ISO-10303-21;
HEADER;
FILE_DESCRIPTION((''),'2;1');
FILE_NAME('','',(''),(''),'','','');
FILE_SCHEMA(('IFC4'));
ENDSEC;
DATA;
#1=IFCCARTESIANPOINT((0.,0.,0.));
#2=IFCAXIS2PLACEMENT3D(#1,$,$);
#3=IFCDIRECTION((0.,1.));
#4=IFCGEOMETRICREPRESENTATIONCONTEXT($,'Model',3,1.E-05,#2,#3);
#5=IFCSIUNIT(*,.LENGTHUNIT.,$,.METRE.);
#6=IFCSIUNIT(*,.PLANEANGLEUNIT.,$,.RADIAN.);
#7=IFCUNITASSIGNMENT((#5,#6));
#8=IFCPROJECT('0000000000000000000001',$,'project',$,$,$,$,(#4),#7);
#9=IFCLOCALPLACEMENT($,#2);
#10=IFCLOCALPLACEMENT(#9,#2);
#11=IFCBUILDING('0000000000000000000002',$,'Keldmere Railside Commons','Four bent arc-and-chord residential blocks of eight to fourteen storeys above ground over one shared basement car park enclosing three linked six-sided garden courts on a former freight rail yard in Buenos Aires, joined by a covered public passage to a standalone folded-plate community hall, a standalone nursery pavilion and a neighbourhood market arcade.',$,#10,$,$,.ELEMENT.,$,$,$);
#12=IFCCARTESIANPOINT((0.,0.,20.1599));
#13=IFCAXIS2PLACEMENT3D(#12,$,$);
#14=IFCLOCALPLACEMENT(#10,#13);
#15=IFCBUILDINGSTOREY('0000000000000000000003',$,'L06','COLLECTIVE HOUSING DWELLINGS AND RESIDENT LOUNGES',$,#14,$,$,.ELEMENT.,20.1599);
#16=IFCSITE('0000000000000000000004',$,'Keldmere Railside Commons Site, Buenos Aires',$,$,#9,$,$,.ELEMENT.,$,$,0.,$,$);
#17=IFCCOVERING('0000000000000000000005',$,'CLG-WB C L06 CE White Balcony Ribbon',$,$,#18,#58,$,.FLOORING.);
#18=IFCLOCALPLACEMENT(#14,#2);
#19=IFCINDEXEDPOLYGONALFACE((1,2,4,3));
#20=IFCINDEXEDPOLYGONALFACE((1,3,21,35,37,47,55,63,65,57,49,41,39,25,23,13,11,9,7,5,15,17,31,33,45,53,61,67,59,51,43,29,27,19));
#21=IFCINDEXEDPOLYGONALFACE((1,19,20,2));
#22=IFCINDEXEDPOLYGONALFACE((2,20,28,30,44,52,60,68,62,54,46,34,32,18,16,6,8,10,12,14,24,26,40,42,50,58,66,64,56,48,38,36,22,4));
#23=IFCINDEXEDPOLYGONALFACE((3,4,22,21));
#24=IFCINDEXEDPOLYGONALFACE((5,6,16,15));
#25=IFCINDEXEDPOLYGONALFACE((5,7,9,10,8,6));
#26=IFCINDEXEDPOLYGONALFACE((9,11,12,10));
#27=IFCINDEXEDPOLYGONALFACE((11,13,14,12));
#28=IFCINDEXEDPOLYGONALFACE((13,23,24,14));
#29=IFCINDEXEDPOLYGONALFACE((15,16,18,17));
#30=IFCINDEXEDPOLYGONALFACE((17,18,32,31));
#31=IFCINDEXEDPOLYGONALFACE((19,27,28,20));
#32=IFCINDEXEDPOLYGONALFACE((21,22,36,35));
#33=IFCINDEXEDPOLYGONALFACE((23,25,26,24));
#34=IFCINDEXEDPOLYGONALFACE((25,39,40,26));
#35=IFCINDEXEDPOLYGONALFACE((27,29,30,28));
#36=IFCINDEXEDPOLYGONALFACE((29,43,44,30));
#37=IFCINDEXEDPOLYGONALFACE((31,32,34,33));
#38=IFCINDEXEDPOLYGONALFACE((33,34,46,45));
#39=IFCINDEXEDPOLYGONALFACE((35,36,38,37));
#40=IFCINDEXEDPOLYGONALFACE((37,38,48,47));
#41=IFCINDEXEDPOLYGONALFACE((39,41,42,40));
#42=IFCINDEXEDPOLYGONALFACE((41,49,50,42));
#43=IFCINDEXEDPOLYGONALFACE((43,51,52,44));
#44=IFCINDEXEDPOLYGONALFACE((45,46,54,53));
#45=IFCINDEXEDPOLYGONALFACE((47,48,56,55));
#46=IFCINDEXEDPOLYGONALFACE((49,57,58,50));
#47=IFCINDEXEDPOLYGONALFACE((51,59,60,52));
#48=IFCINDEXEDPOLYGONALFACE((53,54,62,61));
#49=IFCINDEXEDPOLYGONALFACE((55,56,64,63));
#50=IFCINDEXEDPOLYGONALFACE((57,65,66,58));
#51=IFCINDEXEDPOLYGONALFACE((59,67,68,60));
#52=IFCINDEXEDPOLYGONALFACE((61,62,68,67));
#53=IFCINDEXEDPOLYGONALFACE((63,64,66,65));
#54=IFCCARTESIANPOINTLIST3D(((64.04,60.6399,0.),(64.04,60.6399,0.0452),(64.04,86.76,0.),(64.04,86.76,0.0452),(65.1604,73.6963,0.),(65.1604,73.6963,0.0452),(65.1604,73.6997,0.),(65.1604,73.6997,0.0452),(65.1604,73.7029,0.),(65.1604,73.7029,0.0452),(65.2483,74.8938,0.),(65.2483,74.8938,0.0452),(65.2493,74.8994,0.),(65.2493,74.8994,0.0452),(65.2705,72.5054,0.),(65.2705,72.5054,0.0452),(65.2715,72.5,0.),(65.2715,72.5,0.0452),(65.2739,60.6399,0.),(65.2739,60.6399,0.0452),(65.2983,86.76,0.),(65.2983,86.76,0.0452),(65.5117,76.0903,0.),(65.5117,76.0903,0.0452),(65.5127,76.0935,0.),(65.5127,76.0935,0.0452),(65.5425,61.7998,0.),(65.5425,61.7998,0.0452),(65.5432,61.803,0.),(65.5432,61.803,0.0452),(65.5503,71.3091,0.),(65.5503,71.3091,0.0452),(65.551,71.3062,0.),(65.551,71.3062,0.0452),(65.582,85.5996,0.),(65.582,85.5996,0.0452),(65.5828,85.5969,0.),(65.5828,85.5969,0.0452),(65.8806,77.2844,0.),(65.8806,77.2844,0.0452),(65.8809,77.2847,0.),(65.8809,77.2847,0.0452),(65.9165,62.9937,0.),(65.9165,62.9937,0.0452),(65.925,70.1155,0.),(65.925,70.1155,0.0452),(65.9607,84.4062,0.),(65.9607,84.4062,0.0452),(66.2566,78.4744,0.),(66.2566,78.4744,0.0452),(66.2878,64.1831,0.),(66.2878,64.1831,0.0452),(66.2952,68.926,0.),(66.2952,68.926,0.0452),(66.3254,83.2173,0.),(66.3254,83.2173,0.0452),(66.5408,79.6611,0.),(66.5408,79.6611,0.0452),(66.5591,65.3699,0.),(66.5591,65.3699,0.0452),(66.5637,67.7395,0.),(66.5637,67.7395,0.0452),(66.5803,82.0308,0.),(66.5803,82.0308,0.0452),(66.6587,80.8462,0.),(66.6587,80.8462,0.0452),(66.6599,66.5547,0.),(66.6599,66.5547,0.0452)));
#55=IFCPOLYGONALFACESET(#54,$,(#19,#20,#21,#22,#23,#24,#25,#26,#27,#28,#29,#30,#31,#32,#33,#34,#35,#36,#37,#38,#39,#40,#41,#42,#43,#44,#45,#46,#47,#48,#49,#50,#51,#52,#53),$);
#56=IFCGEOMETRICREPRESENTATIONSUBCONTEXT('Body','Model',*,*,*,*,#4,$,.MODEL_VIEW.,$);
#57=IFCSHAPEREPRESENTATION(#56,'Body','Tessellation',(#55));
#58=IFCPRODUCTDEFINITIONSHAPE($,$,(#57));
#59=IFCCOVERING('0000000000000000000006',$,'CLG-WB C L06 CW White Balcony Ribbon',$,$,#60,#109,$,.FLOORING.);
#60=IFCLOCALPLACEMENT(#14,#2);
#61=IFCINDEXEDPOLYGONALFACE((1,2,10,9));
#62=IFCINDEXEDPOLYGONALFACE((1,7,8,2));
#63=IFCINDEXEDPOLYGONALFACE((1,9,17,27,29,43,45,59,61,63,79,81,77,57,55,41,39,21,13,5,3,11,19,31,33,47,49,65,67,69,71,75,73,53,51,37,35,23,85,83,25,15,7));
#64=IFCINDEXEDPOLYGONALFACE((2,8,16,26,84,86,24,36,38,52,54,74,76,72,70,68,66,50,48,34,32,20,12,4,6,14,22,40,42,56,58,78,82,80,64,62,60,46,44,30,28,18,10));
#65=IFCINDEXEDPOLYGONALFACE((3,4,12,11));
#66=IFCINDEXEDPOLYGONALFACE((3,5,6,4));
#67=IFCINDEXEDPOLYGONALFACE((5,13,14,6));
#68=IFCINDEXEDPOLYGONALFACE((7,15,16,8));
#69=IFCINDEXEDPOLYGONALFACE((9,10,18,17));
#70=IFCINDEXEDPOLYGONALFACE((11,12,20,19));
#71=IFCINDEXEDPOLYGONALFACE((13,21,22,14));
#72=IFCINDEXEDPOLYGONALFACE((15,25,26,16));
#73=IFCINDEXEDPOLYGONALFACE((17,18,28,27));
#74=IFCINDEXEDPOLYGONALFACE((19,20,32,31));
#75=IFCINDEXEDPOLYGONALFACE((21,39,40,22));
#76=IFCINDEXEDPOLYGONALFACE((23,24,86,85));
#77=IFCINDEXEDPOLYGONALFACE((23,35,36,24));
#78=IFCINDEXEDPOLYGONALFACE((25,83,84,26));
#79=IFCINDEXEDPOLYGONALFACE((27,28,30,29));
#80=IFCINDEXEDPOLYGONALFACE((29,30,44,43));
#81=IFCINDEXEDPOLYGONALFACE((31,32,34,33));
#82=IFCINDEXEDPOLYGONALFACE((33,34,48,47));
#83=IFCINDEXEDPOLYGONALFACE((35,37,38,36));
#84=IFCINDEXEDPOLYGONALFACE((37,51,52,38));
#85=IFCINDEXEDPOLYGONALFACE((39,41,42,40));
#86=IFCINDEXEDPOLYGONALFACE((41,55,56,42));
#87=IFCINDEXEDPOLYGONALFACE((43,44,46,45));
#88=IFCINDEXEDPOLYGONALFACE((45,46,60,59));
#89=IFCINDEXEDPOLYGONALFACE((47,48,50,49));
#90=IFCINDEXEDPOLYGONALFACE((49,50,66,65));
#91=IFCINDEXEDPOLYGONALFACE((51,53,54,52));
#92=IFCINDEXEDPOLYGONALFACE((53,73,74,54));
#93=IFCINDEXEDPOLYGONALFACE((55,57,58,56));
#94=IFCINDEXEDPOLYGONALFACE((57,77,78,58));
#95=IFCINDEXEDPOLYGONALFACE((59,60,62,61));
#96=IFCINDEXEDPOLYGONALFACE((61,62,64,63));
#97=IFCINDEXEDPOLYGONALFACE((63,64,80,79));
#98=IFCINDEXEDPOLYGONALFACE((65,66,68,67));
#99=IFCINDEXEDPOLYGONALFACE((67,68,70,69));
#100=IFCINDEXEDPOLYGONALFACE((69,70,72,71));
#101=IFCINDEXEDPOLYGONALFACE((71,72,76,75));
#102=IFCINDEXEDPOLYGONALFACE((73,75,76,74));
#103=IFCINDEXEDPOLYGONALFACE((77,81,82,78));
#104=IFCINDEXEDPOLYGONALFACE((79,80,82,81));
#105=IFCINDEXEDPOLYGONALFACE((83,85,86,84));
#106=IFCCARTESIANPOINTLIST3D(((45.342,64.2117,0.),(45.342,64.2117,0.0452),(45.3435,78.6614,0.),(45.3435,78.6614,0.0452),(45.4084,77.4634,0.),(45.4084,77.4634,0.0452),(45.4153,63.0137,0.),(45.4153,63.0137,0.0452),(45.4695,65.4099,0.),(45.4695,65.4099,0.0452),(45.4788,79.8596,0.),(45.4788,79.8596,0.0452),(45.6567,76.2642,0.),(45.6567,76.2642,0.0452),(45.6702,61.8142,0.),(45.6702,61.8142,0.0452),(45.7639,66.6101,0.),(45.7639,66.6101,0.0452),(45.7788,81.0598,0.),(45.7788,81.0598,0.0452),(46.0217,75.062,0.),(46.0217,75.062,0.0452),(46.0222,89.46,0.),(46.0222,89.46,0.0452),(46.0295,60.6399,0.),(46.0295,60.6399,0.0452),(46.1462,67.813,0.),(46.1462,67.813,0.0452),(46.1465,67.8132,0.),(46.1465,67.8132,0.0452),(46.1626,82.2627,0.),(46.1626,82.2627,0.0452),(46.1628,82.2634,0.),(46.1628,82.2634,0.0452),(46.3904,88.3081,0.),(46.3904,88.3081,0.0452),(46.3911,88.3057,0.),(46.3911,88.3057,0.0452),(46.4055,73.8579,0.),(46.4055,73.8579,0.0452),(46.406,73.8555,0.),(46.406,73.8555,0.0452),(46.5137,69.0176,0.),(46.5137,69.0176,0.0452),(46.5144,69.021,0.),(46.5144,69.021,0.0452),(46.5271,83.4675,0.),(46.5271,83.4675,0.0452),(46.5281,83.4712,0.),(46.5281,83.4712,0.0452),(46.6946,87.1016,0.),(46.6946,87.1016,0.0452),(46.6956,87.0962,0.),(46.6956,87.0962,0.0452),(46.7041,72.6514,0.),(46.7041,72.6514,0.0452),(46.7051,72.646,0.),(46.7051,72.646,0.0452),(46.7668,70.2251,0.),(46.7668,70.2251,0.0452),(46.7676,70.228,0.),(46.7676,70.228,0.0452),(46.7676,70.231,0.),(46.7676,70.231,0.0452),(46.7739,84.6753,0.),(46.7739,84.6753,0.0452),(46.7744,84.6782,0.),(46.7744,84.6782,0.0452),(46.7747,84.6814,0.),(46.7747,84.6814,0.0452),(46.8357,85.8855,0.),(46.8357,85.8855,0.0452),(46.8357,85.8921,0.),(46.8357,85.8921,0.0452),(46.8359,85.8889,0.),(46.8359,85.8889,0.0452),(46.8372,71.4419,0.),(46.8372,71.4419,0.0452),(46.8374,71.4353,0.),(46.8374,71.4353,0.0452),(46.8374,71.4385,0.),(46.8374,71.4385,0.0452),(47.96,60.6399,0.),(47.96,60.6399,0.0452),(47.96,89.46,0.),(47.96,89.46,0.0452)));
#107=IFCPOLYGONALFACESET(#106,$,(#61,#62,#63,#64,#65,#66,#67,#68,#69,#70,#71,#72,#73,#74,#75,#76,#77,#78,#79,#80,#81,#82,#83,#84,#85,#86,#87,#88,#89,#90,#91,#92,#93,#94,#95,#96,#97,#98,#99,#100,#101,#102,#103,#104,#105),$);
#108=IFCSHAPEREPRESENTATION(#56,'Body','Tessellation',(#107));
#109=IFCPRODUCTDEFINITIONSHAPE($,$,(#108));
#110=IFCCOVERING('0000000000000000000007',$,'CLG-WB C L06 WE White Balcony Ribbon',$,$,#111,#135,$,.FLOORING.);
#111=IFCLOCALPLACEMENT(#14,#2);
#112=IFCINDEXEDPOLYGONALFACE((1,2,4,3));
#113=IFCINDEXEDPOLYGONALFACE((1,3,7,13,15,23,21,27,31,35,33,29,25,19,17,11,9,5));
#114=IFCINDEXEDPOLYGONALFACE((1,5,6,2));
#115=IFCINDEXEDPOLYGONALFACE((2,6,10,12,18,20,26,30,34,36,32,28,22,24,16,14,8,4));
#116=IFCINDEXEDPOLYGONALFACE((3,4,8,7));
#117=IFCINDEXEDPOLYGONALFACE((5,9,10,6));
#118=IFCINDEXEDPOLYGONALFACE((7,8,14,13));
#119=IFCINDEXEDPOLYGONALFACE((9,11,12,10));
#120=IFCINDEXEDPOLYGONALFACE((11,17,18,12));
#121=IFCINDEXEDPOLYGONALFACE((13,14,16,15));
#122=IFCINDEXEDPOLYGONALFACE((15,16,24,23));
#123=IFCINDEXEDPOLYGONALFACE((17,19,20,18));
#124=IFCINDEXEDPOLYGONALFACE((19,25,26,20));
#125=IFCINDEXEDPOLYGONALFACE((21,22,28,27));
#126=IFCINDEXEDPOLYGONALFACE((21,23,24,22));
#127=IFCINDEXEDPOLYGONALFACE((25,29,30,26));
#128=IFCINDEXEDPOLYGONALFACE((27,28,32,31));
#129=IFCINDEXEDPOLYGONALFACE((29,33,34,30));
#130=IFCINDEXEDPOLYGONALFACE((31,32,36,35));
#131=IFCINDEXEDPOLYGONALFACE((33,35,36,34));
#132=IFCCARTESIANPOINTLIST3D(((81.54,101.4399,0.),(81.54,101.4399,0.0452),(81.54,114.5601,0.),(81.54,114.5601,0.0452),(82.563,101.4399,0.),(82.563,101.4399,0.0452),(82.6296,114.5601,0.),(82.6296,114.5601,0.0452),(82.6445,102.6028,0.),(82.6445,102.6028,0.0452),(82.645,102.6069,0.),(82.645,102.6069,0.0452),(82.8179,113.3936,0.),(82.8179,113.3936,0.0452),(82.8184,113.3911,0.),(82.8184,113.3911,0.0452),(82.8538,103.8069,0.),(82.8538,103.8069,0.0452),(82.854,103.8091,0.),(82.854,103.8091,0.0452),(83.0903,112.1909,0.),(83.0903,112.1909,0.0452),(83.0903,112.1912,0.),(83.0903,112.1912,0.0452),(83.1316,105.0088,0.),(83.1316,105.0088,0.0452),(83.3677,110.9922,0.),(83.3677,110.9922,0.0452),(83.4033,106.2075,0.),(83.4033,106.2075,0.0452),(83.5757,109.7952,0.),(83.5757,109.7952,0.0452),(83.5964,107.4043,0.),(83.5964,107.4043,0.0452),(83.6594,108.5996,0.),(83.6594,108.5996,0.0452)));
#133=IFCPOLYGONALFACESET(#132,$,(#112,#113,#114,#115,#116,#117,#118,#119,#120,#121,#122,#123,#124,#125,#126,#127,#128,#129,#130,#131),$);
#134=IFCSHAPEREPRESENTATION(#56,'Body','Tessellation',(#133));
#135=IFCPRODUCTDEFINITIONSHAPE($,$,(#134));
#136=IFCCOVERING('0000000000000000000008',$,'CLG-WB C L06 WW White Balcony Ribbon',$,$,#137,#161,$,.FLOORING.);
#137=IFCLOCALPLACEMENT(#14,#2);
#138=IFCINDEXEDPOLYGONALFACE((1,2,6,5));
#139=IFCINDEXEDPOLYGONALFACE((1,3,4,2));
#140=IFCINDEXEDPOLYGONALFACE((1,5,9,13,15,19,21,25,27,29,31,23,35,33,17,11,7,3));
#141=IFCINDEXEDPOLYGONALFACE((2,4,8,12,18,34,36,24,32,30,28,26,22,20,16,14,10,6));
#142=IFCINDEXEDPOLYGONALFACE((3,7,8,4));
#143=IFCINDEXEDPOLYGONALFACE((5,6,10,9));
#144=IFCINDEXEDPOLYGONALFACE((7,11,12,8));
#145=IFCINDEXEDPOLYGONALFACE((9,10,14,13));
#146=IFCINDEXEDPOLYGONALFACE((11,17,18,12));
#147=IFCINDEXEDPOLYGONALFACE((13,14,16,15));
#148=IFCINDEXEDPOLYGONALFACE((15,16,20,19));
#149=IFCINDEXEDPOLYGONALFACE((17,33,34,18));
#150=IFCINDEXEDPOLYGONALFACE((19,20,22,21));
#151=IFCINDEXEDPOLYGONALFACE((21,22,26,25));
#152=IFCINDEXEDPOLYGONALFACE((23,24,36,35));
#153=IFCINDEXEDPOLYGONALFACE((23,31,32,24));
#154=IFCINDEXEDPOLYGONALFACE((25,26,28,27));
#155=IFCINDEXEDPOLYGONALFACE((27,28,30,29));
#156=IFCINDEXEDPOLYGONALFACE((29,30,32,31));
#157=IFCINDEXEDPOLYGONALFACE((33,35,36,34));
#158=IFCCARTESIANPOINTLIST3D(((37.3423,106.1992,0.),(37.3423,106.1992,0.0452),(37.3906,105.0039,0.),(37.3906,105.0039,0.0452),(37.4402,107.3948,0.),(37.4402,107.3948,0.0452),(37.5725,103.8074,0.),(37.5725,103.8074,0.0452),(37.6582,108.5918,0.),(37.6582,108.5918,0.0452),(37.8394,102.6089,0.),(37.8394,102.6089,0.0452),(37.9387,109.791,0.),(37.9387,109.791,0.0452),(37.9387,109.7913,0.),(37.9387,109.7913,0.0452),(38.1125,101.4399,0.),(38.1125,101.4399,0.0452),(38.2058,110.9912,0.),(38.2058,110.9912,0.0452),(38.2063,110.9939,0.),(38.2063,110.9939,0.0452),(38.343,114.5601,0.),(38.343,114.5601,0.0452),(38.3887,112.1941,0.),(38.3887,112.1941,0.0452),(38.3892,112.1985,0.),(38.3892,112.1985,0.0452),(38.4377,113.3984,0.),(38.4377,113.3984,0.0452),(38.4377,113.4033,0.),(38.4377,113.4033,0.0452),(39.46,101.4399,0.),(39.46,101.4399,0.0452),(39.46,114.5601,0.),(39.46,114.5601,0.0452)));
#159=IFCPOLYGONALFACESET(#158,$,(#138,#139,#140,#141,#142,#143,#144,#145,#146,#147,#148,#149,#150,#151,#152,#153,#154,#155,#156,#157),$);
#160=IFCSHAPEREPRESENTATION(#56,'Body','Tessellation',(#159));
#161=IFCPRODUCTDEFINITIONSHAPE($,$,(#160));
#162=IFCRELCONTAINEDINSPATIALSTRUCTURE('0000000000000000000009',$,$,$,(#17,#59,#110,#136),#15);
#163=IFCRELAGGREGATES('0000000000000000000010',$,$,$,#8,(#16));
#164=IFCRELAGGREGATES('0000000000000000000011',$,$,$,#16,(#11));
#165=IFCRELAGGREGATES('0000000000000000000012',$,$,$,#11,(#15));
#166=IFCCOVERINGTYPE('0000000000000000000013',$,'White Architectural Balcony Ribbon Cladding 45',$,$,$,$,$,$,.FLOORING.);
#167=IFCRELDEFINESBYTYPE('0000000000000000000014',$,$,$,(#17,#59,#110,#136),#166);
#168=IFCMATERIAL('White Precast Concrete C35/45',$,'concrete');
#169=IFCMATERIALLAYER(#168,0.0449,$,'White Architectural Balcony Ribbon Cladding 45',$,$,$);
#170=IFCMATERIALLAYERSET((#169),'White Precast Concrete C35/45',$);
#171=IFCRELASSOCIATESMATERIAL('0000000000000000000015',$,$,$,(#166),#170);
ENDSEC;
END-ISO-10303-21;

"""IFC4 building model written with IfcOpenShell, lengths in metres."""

from ifc_helpers import new_model, si_unit, direction, frame, origin, place, context, subcontext, project, spatial, polyline, outline, extrude, material, layer, layer_set, type_object, element, save


model = new_model("IFC4")

# Units and contexts
model_context = context("Model", 3, precision=1e-05, world=origin(), true_north=direction((0.0, 1.0)))
body_context = subcontext(model_context, "Body", "Model", "MODEL_VIEW")
ifc_project = project(units=[si_unit("LENGTHUNIT", "METRE"), si_unit("PLANEANGLEUNIT", "RADIAN")], contexts=[model_context])

# Site, building, storey
site_placement = place(None, origin())
site = spatial("IfcSite", under=ifc_project, at=site_placement, Name="Keldmere Railside Commons Site, Buenos Aires", CompositionType="ELEMENT", RefElevation=0.0)
building_placement = place(site_placement, origin())
building = spatial("IfcBuilding", under=site, at=building_placement, Name="Keldmere Railside Commons", Description="Four bent arc-and-chord residential blocks of eight to fourteen storeys above ground over one shared basement car park enclosing three linked six-sided garden courts on a former freight rail yard in Buenos Aires, joined by a covered public passage to a standalone folded-plate community hall, a standalone nursery pavilion and a neighbourhood market arcade.", CompositionType="ELEMENT")
storey_placement = place(building_placement, frame((0.0, 0.0, 20.1599)))
storey = spatial("IfcBuildingStorey", under=building, at=storey_placement, Name="L06", Description="COLLECTIVE HOUSING DWELLINGS AND RESIDENT LOUNGES", CompositionType="ELEMENT", Elevation=20.1599)

# Coverings
ifc_material_1 = material(Name="White Precast Concrete C35/45", Category="concrete")
ifc_layer_1 = layer(ifc_material_1, 0.0449, Name="White Architectural Balcony Ribbon Cladding 45")
ifc_layer_set_1 = layer_set([ifc_layer_1], Name="White Precast Concrete C35/45")
covering_type_1 = type_object("IfcCoveringType", Name="White Architectural Balcony Ribbon Cladding 45", PredefinedType="FLOORING", material=ifc_layer_set_1)
covering_1_placement = place(storey_placement, origin())
element("IfcCovering", 1, at=covering_1_placement, inside=storey, type_object=covering_type_1, Name="CLG-WB C L06 CE White Balcony Ribbon", PredefinedType="FLOORING", context=body_context, shape_type="SweptSolid", body=[
    extrude(outline(polyline([(65.5425, 61.7998), (65.5432, 61.803), (65.9165, 62.9937), (66.2878, 64.1831), (66.5591, 65.3699), (66.6599, 66.5547), (66.5637, 67.7395), (66.2952, 68.926), (65.925, 70.1155), (65.551, 71.3062), (65.5503, 71.3091), (65.2715, 72.5), (65.2705, 72.5054), (65.1604, 73.6963), (65.1604, 73.6997), (65.1604, 73.7029), (65.2483, 74.8938), (65.2493, 74.8994), (65.5117, 76.0903), (65.5127, 76.0935), (65.8806, 77.2844), (65.8809, 77.2847), (66.2566, 78.4744), (66.5408, 79.6611), (66.6587, 80.8462), (66.5803, 82.0308), (66.3254, 83.2173), (65.9607, 84.4062), (65.5828, 85.5969), (65.582, 85.5996), (65.2983, 86.76), (64.04, 86.76), (64.04, 60.6399), (65.2739, 60.6399), (65.5425, 61.7998)])), origin(), (0.0, 0.0, 1.0), 0.0452),
])
covering_2_placement = place(storey_placement, origin())
element("IfcCovering", 2, at=covering_2_placement, inside=storey, type_object=covering_type_1, Name="CLG-WB C L06 CW White Balcony Ribbon", PredefinedType="FLOORING", context=body_context, shape_type="SweptSolid", body=[
    extrude(outline(polyline([(47.96, 89.46), (46.0222, 89.46), (46.3904, 88.3081), (46.3911, 88.3057), (46.6946, 87.1016), (46.6956, 87.0962), (46.8357, 85.8921), (46.8359, 85.8889), (46.8357, 85.8855), (46.7747, 84.6814), (46.7744, 84.6782), (46.7739, 84.6753), (46.5281, 83.4712), (46.5271, 83.4675), (46.1628, 82.2634), (46.1626, 82.2627), (45.7788, 81.0598), (45.4788, 79.8596), (45.3435, 78.6614), (45.4084, 77.4634), (45.6567, 76.2642), (46.0217, 75.062), (46.4055, 73.8579), (46.406, 73.8555), (46.7041, 72.6514), (46.7051, 72.646), (46.8372, 71.4419), (46.8374, 71.4385), (46.8374, 71.4353), (46.7676, 70.231), (46.7676, 70.228), (46.7668, 70.2251), (46.5144, 69.021), (46.5137, 69.0176), (46.1465, 67.8132), (46.1462, 67.813), (45.7639, 66.6101), (45.4695, 65.4099), (45.342, 64.2117), (45.4153, 63.0137), (45.6702, 61.8142), (46.0295, 60.6399), (47.96, 60.6399), (47.96, 89.46)])), origin(), (0.0, 0.0, 1.0), 0.0452),
])
covering_3_placement = place(storey_placement, origin())
element("IfcCovering", 3, at=covering_3_placement, inside=storey, type_object=covering_type_1, Name="CLG-WB C L06 WE White Balcony Ribbon", PredefinedType="FLOORING", context=body_context, shape_type="SweptSolid", body=[
    extrude(outline(polyline([(82.6445, 102.6028), (82.645, 102.6069), (82.8538, 103.8069), (82.854, 103.8091), (83.1316, 105.0088), (83.4033, 106.2075), (83.5964, 107.4043), (83.6594, 108.5996), (83.5757, 109.7952), (83.3677, 110.9922), (83.0903, 112.1909), (83.0903, 112.1912), (82.8184, 113.3911), (82.8179, 113.3936), (82.6296, 114.5601), (81.54, 114.5601), (81.54, 101.4399), (82.563, 101.4399), (82.6445, 102.6028)])), origin(), (0.0, 0.0, 1.0), 0.0452),
])
covering_4_placement = place(storey_placement, origin())
element("IfcCovering", 4, at=covering_4_placement, inside=storey, type_object=covering_type_1, Name="CLG-WB C L06 WW White Balcony Ribbon", PredefinedType="FLOORING", context=body_context, shape_type="SweptSolid", body=[
    extrude(outline(polyline([(39.46, 114.5601), (38.343, 114.5601), (38.4377, 113.4033), (38.4377, 113.3984), (38.3892, 112.1985), (38.3887, 112.1941), (38.2063, 110.9939), (38.2058, 110.9912), (37.9387, 109.7913), (37.9387, 109.791), (37.6582, 108.5918), (37.4402, 107.3948), (37.3423, 106.1992), (37.3906, 105.0039), (37.5725, 103.8074), (37.8394, 102.6089), (38.1125, 101.4399), (39.46, 101.4399), (39.46, 114.5601)])), origin(), (0.0, 0.0, 1.0), 0.0452),
])

save(model, "model.ifc")
